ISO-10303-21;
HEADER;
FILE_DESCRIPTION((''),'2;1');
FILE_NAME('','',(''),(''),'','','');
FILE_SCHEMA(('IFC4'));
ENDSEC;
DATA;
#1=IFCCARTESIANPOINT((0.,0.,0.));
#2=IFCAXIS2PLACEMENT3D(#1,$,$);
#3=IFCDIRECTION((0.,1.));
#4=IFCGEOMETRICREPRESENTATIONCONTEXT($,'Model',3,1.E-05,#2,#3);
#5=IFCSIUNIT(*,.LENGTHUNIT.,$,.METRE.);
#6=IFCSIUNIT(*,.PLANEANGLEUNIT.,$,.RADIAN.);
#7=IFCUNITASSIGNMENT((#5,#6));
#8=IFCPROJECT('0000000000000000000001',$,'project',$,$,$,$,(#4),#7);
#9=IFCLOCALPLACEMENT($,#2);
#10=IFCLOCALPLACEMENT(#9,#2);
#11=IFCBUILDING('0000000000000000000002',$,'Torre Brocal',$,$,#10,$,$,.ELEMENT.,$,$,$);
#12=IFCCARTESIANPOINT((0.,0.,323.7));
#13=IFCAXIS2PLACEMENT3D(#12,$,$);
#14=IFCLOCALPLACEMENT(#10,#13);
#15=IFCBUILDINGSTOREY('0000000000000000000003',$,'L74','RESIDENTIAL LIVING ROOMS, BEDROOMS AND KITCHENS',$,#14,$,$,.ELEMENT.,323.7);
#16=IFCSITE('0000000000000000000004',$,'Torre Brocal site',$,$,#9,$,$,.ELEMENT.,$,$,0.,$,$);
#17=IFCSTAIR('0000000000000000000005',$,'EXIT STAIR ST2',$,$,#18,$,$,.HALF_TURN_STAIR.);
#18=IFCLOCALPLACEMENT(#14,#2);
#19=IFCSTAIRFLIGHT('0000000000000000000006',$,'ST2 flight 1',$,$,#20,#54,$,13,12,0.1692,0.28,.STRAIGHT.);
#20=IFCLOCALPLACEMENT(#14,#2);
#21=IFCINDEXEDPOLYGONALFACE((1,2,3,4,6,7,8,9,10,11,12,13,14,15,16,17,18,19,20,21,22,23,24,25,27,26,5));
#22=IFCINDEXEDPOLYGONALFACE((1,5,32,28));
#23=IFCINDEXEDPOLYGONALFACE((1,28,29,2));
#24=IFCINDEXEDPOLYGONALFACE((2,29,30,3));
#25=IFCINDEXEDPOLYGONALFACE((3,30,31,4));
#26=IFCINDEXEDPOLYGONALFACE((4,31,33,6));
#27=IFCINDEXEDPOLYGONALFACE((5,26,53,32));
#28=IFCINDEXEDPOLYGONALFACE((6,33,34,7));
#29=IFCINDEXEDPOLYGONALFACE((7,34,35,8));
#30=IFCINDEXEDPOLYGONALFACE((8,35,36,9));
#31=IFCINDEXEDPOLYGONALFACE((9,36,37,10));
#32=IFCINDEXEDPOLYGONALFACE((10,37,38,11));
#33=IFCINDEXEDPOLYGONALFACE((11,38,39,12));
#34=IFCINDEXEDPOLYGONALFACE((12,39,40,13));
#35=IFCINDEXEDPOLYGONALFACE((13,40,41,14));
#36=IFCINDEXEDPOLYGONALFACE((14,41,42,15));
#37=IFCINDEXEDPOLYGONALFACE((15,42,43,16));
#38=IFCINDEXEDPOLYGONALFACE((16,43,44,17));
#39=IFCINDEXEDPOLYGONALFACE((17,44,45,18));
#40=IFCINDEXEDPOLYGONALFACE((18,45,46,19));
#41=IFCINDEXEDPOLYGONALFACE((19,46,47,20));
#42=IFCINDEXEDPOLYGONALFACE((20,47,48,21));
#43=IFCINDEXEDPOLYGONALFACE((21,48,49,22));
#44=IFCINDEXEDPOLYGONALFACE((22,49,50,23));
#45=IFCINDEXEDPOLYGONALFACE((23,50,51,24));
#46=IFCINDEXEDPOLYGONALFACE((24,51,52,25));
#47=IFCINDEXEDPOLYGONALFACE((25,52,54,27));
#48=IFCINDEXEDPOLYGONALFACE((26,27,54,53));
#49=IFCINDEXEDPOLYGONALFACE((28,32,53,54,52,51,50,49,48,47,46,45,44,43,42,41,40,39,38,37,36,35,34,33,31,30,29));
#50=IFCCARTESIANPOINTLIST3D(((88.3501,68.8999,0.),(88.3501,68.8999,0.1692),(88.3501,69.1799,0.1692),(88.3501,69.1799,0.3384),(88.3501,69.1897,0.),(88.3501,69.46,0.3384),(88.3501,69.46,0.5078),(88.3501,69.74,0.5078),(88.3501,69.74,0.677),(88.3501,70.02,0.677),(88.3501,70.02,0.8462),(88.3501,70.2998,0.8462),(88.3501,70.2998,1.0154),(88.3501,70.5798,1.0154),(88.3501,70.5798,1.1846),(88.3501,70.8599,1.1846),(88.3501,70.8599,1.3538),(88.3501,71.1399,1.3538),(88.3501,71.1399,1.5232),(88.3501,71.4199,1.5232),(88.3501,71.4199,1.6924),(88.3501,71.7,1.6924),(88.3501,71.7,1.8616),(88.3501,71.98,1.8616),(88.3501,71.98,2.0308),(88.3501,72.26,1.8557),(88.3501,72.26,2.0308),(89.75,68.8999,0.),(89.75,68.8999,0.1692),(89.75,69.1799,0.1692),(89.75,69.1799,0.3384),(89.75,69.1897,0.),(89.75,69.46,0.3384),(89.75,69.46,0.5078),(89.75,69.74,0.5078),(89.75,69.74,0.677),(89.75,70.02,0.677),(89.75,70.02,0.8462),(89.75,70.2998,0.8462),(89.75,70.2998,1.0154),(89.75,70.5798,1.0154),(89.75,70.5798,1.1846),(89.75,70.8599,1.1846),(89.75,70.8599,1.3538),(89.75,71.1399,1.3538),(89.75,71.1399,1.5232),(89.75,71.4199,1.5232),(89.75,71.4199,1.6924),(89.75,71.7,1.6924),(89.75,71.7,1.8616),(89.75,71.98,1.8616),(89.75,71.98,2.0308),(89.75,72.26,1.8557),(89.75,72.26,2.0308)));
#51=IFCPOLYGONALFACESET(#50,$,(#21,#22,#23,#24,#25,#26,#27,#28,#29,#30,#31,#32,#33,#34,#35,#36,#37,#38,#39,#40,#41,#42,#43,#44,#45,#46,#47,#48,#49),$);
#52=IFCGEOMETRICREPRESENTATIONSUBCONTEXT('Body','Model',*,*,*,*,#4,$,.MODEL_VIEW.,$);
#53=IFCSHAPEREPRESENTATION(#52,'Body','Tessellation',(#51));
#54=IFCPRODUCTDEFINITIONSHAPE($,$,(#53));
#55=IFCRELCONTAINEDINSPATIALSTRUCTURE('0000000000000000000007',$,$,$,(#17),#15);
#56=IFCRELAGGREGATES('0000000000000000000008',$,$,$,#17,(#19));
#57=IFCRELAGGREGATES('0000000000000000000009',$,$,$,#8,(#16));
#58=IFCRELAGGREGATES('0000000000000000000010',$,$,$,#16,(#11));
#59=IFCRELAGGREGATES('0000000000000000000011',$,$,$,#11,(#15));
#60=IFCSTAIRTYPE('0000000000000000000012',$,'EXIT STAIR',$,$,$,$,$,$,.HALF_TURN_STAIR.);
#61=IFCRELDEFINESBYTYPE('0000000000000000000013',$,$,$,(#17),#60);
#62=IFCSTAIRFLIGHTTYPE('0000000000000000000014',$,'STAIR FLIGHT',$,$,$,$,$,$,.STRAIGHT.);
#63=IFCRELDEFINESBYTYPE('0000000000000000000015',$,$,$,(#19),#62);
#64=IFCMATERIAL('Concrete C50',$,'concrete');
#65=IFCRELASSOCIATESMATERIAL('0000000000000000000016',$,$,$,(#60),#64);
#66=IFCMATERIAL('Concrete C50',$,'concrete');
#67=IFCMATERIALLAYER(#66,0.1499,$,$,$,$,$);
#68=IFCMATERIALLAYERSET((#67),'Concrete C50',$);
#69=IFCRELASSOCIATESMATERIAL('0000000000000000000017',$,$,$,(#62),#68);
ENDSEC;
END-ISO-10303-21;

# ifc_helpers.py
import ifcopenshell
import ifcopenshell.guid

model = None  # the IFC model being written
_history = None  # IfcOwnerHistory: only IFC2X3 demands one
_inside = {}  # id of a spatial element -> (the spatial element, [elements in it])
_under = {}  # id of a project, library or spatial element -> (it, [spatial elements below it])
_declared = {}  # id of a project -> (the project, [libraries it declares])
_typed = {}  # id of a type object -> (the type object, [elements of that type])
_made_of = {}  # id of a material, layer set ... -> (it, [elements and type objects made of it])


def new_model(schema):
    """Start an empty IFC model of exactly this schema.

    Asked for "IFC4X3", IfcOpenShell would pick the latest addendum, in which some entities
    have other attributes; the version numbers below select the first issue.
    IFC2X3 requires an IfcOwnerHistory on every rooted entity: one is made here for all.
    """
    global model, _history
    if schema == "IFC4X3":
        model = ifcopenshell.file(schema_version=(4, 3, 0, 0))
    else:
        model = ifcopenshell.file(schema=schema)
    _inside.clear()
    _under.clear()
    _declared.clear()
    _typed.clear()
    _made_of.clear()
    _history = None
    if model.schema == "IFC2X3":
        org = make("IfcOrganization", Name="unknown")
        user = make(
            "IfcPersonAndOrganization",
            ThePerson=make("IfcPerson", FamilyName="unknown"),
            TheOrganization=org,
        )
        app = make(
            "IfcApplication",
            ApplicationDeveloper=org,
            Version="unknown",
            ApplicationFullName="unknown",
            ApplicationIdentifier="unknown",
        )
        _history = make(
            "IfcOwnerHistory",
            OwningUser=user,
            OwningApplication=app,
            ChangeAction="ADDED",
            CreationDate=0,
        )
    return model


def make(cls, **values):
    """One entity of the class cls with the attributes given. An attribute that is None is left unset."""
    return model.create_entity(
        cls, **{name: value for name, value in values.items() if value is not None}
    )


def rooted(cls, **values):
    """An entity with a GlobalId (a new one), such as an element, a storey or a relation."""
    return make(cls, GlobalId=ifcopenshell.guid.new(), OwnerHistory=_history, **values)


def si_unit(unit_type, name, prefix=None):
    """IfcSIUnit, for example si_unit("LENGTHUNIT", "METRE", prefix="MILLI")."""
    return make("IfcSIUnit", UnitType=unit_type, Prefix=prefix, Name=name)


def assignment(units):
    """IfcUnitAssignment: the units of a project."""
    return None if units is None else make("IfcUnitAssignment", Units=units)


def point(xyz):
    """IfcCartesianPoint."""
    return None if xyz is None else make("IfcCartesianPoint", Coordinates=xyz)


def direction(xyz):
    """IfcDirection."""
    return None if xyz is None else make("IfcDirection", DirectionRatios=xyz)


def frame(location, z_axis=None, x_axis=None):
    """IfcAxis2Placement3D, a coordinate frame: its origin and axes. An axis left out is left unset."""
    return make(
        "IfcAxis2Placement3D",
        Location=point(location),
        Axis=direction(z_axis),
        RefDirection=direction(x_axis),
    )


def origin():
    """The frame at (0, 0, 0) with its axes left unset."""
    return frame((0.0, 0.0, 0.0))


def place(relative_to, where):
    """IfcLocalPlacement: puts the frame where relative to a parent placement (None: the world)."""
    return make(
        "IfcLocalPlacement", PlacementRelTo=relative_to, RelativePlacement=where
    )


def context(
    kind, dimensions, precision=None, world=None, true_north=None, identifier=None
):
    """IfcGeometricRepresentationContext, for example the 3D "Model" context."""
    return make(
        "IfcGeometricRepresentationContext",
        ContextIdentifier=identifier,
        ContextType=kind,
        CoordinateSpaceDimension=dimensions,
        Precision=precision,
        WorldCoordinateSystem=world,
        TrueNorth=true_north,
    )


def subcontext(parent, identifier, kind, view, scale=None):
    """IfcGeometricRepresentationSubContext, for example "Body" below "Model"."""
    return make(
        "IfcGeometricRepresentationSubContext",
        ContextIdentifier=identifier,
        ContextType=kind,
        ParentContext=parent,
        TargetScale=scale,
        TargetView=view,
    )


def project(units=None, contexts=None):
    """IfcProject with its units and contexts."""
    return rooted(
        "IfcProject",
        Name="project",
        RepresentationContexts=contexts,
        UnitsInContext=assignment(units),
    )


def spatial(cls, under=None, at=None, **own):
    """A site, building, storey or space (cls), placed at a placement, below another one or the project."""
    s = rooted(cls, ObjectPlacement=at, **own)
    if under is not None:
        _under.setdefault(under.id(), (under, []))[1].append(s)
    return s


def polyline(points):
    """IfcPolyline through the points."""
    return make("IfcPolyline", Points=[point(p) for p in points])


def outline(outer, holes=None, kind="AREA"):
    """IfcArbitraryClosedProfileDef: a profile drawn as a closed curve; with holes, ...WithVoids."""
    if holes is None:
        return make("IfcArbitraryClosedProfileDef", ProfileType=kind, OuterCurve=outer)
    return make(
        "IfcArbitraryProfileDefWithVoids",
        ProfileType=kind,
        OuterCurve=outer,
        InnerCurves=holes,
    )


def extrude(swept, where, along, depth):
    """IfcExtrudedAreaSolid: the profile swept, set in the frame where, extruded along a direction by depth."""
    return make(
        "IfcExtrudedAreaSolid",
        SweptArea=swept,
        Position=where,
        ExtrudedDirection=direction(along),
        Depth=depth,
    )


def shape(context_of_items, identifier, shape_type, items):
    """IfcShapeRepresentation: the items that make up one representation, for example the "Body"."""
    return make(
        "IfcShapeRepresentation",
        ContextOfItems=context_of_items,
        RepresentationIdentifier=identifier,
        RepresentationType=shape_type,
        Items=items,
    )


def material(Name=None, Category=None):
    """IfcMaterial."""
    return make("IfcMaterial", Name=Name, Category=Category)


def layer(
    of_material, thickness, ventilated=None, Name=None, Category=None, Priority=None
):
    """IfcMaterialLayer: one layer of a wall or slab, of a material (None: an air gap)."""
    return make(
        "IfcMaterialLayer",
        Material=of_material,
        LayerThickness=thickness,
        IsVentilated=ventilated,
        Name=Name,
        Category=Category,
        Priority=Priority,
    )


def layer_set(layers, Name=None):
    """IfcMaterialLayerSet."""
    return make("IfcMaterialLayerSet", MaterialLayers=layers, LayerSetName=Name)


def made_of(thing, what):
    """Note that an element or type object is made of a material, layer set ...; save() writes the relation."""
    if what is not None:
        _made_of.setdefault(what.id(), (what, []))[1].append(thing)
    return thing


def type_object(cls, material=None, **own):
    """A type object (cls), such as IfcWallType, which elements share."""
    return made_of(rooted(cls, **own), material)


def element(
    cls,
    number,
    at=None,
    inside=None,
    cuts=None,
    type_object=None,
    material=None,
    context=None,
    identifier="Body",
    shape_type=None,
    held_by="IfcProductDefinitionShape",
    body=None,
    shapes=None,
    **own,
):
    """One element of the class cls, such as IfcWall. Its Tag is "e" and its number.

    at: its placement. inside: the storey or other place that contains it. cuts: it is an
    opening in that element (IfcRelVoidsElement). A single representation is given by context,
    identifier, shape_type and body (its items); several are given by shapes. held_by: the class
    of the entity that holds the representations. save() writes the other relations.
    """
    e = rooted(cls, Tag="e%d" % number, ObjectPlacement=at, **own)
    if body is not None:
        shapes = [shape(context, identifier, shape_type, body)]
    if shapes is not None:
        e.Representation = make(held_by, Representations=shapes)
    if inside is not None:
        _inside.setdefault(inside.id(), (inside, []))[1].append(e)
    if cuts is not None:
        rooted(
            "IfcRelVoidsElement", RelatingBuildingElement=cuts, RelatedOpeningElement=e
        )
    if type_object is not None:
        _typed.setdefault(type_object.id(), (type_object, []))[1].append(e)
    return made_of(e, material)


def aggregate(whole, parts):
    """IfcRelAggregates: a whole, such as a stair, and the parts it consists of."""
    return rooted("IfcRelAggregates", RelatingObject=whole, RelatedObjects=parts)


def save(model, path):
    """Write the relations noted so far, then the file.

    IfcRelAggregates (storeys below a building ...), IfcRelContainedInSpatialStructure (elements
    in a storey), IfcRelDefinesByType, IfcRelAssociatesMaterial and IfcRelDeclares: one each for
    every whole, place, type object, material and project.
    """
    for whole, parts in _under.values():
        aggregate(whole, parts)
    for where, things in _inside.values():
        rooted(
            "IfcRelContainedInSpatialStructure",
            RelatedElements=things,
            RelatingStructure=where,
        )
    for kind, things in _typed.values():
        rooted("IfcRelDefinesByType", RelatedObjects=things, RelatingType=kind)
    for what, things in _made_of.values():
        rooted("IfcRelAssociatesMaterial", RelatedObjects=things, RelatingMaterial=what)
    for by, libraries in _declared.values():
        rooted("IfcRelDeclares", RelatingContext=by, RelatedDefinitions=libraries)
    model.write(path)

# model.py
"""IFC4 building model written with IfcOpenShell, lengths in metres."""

from ifc_helpers import new_model, si_unit, direction, frame, origin, place, context, subcontext, project, spatial, polyline, outline, extrude, material, layer, layer_set, type_object, element, aggregate, save


model = new_model("IFC4")

# Units and contexts
model_context = context("Model", 3, precision=1e-05, world=origin(), true_north=direction((0.0, 1.0)))
body_context = subcontext(model_context, "Body", "Model", "MODEL_VIEW")
ifc_project = project(units=[si_unit("LENGTHUNIT", "METRE"), si_unit("PLANEANGLEUNIT", "RADIAN")], contexts=[model_context])

# Site, building, storey
site_placement = place(None, origin())
site = spatial("IfcSite", under=ifc_project, at=site_placement, Name="Torre Brocal site", CompositionType="ELEMENT", RefElevation=0.0)
building_placement = place(site_placement, origin())
building = spatial("IfcBuilding", under=site, at=building_placement, Name="Torre Brocal", CompositionType="ELEMENT")
storey_placement = place(building_placement, frame((0.0, 0.0, 323.7)))
storey = spatial("IfcBuildingStorey", under=building, at=storey_placement, Name="L74", Description="RESIDENTIAL LIVING ROOMS, BEDROOMS AND KITCHENS", CompositionType="ELEMENT", Elevation=323.7)

# Stair, stair flight
ifc_material_1 = material(Name="Concrete C50", Category="concrete")
stair_type = type_object("IfcStairType", Name="EXIT STAIR", PredefinedType="HALF_TURN_STAIR", material=ifc_material_1)
stair_placement = place(storey_placement, origin())
stair = element("IfcStair", 1, at=stair_placement, inside=storey, type_object=stair_type, Name="EXIT STAIR ST2", PredefinedType="HALF_TURN_STAIR")
ifc_material_2 = material(Name="Concrete C50", Category="concrete")
ifc_layer_1 = layer(ifc_material_2, 0.1499)
ifc_layer_set_1 = layer_set([ifc_layer_1], Name="Concrete C50")
stair_flight_type = type_object("IfcStairFlightType", Name="STAIR FLIGHT", PredefinedType="STRAIGHT", material=ifc_layer_set_1)
stair_flight_placement = place(storey_placement, frame((89.05, 68.8999, 0.0), z_axis=(0.0, 0.0, 1.0), x_axis=(0.0, 1.0, 0.0)))
stair_flight = element("IfcStairFlight", 2, at=stair_flight_placement, type_object=stair_flight_type, Name="ST2 flight 1", NumberOfRisers=13, NumberOfTreads=12, PredefinedType="STRAIGHT", RiserHeight=0.1692, TreadLength=0.28, context=body_context, shape_type="SweptSolid", body=[
    extrude(outline(polyline([(0.0, 0.0), (0.0, 0.1692), (0.28, 0.1692), (0.28, 0.3384), (0.5601, 0.3384), (0.5601, 0.5078), (0.8401, 0.5078), (0.8401, 0.677), (1.1201, 0.677), (1.1201, 0.8462), (1.3999, 0.8462), (1.3999, 1.0154), (1.6799, 1.0154), (1.6799, 1.1846), (1.96, 1.1846), (1.96, 1.3538), (2.24, 1.3538), (2.24, 1.5232), (2.52, 1.5232), (2.52, 1.6924), (2.8, 1.6924), (2.8, 1.8616), (3.0801, 1.8616), (3.0801, 2.0308), (3.3601, 2.0308), (3.3601, 2.2), (3.3601, 1.8557), (0.2898, 0.0), (0.0, 0.0)])), frame((0.0, 0.7, 0.0), z_axis=(0.0, -1.0, 0.0), x_axis=(1.0, 0.0, 0.0)), (0.0, 0.0, 1.0), 1.3999),
])
aggregate(stair, [stair_flight])

save(model, "model.ifc")
